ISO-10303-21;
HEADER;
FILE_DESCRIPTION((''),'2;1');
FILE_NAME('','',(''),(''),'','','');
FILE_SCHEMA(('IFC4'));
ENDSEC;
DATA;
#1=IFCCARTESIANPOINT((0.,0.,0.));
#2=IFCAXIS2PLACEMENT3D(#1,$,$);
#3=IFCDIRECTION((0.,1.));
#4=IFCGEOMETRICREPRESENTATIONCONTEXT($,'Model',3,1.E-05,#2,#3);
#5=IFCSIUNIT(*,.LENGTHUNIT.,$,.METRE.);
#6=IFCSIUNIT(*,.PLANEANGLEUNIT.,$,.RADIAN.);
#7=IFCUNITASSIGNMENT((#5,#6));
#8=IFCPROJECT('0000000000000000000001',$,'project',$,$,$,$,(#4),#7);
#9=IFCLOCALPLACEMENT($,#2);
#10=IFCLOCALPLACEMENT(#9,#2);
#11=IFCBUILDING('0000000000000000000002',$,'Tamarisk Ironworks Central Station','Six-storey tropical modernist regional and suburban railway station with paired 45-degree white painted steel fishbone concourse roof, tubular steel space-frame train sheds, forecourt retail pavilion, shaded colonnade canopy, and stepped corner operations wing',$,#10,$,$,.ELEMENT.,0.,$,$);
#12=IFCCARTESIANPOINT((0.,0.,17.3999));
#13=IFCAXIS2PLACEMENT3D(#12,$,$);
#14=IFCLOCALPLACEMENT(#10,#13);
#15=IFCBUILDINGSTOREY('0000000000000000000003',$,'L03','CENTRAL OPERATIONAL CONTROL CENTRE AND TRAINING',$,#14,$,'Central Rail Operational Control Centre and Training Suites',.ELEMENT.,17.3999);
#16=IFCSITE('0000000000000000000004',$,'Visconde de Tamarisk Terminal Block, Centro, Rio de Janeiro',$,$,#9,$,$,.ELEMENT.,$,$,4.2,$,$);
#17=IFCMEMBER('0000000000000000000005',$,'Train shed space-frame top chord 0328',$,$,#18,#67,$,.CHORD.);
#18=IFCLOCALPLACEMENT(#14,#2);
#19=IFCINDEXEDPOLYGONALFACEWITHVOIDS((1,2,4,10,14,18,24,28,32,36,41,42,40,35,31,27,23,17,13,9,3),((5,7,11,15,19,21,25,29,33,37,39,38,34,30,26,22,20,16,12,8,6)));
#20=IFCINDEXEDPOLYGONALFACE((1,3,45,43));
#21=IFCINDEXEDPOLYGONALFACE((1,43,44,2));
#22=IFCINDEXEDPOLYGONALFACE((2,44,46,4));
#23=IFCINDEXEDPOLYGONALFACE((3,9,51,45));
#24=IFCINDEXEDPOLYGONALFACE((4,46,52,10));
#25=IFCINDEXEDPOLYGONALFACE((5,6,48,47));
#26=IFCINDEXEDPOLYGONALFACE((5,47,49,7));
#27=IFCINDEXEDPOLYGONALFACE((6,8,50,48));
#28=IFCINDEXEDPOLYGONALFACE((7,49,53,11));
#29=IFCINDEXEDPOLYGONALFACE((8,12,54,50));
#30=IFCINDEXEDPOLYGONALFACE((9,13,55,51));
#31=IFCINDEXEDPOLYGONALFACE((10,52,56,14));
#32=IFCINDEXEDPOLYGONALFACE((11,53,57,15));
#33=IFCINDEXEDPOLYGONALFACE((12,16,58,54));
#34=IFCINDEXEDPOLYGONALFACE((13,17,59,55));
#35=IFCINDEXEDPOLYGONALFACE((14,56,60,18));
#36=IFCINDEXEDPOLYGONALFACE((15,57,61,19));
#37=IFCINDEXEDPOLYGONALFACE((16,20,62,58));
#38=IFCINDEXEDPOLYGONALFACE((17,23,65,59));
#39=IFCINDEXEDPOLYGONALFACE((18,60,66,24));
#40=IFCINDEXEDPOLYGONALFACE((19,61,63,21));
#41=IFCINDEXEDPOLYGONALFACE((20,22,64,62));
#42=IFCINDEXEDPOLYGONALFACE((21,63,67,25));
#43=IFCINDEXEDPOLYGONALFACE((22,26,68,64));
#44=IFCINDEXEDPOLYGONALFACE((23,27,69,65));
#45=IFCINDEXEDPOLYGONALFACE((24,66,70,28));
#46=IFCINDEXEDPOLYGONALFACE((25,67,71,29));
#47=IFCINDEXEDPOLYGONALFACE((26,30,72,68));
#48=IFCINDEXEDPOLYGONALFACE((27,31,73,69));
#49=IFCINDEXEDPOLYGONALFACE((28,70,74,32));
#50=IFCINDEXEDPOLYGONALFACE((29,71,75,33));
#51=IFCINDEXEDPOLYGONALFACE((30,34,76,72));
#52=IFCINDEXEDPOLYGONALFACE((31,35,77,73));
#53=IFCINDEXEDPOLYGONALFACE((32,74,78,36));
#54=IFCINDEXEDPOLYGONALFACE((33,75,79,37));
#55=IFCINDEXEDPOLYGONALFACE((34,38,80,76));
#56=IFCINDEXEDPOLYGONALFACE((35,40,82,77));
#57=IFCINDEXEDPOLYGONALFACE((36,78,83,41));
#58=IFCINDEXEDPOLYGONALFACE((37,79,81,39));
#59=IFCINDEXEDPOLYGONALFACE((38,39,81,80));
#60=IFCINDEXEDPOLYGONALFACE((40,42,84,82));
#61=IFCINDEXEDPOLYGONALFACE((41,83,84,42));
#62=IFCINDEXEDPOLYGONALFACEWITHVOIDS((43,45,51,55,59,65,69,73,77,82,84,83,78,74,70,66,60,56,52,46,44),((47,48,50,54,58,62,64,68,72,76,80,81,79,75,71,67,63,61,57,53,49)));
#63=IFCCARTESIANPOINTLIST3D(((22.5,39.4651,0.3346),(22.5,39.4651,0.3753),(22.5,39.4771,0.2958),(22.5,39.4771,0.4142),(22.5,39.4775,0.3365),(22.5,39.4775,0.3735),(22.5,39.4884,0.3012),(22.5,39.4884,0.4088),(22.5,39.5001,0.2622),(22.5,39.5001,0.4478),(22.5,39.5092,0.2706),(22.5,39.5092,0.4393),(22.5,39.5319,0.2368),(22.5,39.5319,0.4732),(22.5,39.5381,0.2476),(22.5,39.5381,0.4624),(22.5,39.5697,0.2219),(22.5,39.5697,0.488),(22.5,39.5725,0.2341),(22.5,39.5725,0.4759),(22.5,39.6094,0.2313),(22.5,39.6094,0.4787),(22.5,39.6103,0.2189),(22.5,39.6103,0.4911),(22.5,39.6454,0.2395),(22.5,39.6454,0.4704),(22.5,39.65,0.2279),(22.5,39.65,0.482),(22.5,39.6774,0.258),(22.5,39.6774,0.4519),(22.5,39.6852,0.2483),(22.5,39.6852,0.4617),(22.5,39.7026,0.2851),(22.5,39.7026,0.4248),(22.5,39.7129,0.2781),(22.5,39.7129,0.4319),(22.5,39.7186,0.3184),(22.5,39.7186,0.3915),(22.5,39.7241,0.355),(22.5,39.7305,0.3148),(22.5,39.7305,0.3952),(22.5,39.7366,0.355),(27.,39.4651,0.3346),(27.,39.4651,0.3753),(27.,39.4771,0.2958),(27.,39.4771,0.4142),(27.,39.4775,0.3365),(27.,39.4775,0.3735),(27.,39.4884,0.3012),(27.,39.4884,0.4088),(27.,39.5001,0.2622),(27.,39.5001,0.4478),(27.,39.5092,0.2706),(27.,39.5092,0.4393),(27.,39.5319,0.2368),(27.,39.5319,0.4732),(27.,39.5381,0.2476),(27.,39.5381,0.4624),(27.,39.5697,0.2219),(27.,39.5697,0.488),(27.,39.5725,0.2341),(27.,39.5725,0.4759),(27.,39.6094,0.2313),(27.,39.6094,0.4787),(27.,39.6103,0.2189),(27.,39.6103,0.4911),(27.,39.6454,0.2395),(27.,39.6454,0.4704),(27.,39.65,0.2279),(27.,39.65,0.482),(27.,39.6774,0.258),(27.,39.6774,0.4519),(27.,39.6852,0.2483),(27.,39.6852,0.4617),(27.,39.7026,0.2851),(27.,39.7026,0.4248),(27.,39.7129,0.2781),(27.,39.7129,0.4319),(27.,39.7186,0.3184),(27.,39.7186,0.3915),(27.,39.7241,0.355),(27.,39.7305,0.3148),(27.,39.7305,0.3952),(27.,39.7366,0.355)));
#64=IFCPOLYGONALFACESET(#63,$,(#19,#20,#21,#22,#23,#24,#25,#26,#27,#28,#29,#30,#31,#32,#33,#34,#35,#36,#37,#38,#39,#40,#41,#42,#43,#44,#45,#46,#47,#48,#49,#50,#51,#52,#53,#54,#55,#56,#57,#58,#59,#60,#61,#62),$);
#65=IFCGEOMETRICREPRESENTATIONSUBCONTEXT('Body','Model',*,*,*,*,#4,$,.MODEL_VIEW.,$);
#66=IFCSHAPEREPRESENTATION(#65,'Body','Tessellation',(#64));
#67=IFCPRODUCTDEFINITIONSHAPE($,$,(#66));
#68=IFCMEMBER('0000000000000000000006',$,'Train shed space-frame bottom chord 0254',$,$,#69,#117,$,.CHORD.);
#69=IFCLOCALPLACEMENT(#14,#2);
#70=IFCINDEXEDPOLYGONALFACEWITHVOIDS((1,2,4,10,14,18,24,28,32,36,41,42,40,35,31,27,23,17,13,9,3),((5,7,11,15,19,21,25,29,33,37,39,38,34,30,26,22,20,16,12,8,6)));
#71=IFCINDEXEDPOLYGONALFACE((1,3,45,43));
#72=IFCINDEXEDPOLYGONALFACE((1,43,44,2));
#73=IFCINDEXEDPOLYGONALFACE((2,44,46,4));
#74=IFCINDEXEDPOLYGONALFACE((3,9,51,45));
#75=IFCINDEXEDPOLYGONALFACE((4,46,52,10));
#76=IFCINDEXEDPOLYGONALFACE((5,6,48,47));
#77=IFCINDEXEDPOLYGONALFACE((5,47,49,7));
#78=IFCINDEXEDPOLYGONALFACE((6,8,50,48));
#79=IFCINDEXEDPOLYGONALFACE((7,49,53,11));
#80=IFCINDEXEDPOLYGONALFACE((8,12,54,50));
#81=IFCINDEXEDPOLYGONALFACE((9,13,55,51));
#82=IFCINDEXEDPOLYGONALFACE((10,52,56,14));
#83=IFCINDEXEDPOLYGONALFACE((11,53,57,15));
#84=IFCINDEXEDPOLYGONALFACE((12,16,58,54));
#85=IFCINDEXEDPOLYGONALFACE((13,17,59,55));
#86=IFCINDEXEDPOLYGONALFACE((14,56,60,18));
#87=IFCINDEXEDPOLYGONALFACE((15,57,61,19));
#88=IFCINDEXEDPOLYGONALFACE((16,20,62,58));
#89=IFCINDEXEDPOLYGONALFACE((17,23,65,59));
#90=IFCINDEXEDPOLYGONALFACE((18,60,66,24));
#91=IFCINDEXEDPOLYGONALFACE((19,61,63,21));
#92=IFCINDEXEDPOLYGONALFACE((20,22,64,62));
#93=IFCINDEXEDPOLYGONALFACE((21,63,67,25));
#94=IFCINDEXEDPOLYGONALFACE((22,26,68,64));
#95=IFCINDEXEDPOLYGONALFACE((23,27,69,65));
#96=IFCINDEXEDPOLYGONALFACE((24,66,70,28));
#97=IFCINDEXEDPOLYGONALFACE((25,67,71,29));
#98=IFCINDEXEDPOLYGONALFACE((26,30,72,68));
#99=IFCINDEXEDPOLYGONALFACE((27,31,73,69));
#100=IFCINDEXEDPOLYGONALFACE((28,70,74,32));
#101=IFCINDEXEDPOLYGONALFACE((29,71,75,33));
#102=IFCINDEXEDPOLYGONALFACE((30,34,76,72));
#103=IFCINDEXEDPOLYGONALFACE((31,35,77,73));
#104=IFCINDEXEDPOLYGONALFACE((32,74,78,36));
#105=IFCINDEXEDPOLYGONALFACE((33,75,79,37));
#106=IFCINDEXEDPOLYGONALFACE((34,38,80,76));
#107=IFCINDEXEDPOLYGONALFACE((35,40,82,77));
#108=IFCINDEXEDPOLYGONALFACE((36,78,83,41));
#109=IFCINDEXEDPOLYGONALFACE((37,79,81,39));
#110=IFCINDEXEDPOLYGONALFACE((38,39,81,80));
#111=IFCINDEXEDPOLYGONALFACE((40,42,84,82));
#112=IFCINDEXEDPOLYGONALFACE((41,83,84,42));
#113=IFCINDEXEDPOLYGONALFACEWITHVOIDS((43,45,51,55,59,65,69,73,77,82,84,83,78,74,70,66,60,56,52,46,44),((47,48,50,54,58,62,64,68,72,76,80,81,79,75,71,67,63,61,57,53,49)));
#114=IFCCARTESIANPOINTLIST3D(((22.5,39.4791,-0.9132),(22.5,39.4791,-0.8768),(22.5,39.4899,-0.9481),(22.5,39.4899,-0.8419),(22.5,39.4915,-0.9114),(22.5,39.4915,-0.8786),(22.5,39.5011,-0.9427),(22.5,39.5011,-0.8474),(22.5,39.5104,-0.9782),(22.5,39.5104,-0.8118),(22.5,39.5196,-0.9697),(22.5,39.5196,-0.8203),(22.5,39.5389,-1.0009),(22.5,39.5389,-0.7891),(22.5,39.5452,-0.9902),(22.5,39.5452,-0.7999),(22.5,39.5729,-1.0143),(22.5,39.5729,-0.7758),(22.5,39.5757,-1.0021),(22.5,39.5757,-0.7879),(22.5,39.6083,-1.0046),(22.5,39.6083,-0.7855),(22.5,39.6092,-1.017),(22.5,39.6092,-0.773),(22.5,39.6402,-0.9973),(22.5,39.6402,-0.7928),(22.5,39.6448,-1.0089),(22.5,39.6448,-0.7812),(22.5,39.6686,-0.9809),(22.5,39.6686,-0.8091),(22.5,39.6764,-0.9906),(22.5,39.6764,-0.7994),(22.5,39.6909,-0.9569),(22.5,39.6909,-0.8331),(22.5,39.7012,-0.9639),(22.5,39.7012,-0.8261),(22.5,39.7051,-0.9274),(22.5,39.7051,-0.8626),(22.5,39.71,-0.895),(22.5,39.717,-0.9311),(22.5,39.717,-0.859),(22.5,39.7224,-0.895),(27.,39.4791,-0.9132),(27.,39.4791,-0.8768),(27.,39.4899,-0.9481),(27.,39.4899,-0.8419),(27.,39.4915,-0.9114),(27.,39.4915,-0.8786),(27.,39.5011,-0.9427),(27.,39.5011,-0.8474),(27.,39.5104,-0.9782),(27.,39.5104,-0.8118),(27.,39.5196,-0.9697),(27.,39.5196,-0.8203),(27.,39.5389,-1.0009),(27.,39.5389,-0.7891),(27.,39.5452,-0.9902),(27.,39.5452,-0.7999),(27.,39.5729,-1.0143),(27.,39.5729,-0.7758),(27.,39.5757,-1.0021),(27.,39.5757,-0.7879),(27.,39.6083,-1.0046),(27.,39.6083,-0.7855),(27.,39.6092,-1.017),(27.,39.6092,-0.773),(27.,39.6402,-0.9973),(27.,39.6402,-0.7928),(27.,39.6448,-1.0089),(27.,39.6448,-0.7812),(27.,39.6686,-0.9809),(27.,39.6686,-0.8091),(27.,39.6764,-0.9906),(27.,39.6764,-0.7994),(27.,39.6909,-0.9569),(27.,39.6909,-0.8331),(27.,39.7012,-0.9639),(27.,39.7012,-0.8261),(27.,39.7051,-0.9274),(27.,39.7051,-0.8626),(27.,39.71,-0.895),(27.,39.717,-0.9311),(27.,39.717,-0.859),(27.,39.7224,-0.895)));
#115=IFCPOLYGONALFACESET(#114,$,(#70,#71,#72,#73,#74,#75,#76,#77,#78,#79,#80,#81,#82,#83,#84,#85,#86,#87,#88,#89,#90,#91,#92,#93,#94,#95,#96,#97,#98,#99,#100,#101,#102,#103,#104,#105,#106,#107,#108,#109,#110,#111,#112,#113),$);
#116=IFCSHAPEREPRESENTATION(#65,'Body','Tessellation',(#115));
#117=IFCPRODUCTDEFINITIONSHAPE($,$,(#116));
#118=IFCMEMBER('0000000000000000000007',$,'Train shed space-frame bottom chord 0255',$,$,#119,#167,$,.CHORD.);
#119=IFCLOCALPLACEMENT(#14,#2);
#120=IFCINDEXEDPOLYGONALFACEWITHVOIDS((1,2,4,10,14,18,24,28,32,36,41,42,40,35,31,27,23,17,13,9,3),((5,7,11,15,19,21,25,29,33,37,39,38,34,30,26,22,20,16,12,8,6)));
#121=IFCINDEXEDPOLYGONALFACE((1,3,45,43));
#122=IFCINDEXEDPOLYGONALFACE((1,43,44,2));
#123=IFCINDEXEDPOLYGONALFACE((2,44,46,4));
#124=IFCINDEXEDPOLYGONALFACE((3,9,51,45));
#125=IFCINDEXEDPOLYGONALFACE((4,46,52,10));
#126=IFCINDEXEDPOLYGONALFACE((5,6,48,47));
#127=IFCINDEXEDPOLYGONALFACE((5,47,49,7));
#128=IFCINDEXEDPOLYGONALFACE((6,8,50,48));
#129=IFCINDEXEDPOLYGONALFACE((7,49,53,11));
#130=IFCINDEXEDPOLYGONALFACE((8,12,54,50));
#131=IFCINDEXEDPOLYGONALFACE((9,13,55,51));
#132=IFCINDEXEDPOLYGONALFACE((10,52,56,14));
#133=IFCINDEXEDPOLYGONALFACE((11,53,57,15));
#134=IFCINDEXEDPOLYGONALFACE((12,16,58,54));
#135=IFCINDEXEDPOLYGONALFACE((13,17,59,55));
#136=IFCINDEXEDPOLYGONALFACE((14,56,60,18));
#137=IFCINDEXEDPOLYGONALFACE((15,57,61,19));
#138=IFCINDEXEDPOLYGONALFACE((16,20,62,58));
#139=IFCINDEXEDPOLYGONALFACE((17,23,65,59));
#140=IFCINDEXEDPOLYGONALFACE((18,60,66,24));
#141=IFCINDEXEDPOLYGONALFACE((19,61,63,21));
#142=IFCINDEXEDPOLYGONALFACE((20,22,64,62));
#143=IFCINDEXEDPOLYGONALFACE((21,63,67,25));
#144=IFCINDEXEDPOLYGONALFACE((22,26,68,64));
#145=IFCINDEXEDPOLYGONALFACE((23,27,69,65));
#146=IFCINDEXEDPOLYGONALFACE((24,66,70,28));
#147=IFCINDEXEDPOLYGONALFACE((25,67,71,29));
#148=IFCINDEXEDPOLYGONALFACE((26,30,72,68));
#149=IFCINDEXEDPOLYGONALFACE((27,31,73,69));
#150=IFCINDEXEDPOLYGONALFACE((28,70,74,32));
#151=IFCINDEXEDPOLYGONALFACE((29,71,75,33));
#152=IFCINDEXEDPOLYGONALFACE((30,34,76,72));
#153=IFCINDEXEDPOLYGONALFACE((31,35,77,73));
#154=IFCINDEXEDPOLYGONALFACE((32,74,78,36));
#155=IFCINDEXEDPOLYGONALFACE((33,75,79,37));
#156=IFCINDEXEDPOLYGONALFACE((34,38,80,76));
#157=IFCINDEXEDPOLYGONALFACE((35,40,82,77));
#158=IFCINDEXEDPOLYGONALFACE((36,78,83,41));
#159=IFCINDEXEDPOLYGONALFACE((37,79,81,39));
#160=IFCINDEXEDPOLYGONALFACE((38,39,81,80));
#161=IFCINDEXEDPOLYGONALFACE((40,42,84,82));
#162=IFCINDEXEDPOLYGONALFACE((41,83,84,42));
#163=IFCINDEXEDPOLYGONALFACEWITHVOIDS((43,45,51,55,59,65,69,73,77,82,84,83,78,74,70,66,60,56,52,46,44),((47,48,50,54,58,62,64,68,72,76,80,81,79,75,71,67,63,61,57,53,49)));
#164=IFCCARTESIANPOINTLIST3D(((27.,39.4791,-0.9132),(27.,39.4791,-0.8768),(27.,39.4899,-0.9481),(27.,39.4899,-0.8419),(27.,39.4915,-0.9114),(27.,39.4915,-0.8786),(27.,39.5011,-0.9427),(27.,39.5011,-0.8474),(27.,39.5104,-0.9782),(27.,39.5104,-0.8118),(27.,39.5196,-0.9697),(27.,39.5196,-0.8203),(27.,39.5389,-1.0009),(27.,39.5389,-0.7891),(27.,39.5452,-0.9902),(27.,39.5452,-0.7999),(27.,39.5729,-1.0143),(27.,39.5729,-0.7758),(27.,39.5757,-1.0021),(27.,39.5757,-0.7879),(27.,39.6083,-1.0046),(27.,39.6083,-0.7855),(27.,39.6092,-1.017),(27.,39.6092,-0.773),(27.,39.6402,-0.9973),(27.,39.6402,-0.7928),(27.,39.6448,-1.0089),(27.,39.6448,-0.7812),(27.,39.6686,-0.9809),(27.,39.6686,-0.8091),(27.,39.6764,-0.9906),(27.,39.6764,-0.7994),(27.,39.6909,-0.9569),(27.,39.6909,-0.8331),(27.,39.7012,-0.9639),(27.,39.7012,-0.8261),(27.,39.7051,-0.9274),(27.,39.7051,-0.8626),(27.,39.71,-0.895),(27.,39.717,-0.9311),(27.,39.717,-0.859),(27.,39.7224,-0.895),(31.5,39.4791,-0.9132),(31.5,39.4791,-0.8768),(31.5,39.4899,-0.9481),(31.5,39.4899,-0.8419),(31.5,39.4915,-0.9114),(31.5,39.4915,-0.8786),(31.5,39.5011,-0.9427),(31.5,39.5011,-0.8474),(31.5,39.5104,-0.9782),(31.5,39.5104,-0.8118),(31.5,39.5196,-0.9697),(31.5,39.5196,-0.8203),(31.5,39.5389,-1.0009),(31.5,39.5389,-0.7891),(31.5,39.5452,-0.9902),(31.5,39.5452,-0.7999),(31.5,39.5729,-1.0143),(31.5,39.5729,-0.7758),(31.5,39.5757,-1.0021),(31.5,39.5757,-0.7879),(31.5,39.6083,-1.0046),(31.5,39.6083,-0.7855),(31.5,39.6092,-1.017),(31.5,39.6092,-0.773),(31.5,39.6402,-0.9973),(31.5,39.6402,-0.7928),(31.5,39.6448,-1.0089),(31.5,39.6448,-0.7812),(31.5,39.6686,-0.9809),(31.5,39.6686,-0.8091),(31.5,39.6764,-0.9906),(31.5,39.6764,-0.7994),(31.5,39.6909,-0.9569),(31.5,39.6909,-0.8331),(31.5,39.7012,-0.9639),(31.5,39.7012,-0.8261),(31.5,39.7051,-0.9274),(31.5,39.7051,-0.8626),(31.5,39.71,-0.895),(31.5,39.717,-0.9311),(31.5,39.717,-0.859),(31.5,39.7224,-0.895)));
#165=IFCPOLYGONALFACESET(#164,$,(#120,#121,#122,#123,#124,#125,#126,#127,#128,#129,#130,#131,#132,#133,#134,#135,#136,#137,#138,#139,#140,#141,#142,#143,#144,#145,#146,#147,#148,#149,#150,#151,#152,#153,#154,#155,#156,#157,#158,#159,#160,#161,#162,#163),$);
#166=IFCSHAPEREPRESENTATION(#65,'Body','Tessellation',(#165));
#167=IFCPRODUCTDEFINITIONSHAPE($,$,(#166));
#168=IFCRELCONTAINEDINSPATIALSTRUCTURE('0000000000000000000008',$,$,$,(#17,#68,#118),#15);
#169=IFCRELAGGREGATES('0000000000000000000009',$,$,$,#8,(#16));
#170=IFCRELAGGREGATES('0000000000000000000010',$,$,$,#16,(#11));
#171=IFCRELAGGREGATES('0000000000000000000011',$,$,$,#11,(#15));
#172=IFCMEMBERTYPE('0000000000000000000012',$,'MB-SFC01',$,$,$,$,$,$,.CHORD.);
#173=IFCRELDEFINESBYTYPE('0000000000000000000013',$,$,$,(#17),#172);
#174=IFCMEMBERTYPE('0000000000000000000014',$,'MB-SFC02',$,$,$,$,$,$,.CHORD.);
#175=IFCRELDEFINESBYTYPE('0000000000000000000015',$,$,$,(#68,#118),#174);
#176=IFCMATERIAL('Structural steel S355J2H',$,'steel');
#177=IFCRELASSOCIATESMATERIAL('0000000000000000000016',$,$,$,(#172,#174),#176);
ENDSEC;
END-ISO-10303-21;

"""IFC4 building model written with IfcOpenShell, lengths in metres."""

from ifc_helpers import new_model, si_unit, direction, frame, origin, origin_2d, place, context, subcontext, project, spatial, hollow_circle, extrude, material, material_profile, profile_set, type_object, element, save


model = new_model("IFC4")

# Units and contexts
model_context = context("Model", 3, precision=1e-05, world=origin(), true_north=direction((0.0, 1.0)))
body_context = subcontext(model_context, "Body", "Model", "MODEL_VIEW")
ifc_project = project(units=[si_unit("LENGTHUNIT", "METRE"), si_unit("PLANEANGLEUNIT", "RADIAN")], contexts=[model_context])

# Site, building, storey
site_placement = place(None, origin())
site = spatial("IfcSite", under=ifc_project, at=site_placement, Name="Visconde de Tamarisk Terminal Block, Centro, Rio de Janeiro", CompositionType="ELEMENT", RefElevation=4.2)
building_placement = place(site_placement, origin())
building = spatial("IfcBuilding", under=site, at=building_placement, Name="Tamarisk Ironworks Central Station", Description="Six-storey tropical modernist regional and suburban railway station with paired 45-degree white painted steel fishbone concourse roof, tubular steel space-frame train sheds, forecourt retail pavilion, shaded colonnade canopy, and stepped corner operations wing", CompositionType="ELEMENT", ElevationOfRefHeight=0.0)
storey_placement = place(building_placement, frame((0.0, 0.0, 17.3999)))
storey = spatial("IfcBuildingStorey", under=building, at=storey_placement, Name="L03", Description="CENTRAL OPERATIONAL CONTROL CENTRE AND TRAINING", LongName="Central Rail Operational Control Centre and Training Suites", CompositionType="ELEMENT", Elevation=17.3999)

# Members
ifc_material_1 = material(Name="Structural steel S355J2H", Category="steel")
ifc_material_profile_1 = material_profile(ifc_material_1, hollow_circle(Radius=0.1365, WallThickness=0.0125, at=origin_2d()), Name="CHS 273x12.5")
ifc_profile_set_1 = profile_set([ifc_material_profile_1], Name="Structural steel S355J2H")
member_type_1 = type_object("IfcMemberType", Name="MB-SFC01", PredefinedType="CHORD", material=ifc_profile_set_1)
for number, where, z_axis, x_axis, name in (
    (1, (22.5, 39.6001, 0.355), (1.0, 0.0, 0.0), (0.0, 1.0, 0.0), "Train shed space-frame top chord 0328"),
):
    element("IfcMember", number, at=place(storey_placement, frame(where, z_axis=z_axis, x_axis=x_axis)), inside=storey, type_object=member_type_1, Name=name, PredefinedType="CHORD", context=body_context, shape_type="SweptSolid", body=[
        extrude(hollow_circle(Radius=0.1365, WallThickness=0.0125, at=origin_2d()), origin(), (0.0, 0.0, 1.0), 4.5),
    ])
ifc_material_profile_2 = material_profile(ifc_material_1, hollow_circle(Radius=0.1223, WallThickness=0.0125, at=origin_2d()), Name="CHS 244.5x12.5")
ifc_profile_set_2 = profile_set([ifc_material_profile_2], Name="Structural steel S355J2H")
member_type_2 = type_object("IfcMemberType", Name="MB-SFC02", PredefinedType="CHORD", material=ifc_profile_set_2)
for number, where, z_axis, x_axis, name in (
    (2, (22.5, 39.6001, -0.895), (1.0, 0.0, 0.0), (0.0, 1.0, 0.0), "Train shed space-frame bottom chord 0254"),
    (3, (27.0, 39.6001, -0.895), (1.0, 0.0, 0.0), (0.0, 1.0, 0.0), "Train shed space-frame bottom chord 0255"),
):
    element("IfcMember", number, at=place(storey_placement, frame(where, z_axis=z_axis, x_axis=x_axis)), inside=storey, type_object=member_type_2, Name=name, PredefinedType="CHORD", context=body_context, shape_type="SweptSolid", body=[
        extrude(hollow_circle(Radius=0.1223, WallThickness=0.0125, at=origin_2d()), origin(), (0.0, 0.0, 1.0), 4.5),
    ])

save(model, "model.ifc")
